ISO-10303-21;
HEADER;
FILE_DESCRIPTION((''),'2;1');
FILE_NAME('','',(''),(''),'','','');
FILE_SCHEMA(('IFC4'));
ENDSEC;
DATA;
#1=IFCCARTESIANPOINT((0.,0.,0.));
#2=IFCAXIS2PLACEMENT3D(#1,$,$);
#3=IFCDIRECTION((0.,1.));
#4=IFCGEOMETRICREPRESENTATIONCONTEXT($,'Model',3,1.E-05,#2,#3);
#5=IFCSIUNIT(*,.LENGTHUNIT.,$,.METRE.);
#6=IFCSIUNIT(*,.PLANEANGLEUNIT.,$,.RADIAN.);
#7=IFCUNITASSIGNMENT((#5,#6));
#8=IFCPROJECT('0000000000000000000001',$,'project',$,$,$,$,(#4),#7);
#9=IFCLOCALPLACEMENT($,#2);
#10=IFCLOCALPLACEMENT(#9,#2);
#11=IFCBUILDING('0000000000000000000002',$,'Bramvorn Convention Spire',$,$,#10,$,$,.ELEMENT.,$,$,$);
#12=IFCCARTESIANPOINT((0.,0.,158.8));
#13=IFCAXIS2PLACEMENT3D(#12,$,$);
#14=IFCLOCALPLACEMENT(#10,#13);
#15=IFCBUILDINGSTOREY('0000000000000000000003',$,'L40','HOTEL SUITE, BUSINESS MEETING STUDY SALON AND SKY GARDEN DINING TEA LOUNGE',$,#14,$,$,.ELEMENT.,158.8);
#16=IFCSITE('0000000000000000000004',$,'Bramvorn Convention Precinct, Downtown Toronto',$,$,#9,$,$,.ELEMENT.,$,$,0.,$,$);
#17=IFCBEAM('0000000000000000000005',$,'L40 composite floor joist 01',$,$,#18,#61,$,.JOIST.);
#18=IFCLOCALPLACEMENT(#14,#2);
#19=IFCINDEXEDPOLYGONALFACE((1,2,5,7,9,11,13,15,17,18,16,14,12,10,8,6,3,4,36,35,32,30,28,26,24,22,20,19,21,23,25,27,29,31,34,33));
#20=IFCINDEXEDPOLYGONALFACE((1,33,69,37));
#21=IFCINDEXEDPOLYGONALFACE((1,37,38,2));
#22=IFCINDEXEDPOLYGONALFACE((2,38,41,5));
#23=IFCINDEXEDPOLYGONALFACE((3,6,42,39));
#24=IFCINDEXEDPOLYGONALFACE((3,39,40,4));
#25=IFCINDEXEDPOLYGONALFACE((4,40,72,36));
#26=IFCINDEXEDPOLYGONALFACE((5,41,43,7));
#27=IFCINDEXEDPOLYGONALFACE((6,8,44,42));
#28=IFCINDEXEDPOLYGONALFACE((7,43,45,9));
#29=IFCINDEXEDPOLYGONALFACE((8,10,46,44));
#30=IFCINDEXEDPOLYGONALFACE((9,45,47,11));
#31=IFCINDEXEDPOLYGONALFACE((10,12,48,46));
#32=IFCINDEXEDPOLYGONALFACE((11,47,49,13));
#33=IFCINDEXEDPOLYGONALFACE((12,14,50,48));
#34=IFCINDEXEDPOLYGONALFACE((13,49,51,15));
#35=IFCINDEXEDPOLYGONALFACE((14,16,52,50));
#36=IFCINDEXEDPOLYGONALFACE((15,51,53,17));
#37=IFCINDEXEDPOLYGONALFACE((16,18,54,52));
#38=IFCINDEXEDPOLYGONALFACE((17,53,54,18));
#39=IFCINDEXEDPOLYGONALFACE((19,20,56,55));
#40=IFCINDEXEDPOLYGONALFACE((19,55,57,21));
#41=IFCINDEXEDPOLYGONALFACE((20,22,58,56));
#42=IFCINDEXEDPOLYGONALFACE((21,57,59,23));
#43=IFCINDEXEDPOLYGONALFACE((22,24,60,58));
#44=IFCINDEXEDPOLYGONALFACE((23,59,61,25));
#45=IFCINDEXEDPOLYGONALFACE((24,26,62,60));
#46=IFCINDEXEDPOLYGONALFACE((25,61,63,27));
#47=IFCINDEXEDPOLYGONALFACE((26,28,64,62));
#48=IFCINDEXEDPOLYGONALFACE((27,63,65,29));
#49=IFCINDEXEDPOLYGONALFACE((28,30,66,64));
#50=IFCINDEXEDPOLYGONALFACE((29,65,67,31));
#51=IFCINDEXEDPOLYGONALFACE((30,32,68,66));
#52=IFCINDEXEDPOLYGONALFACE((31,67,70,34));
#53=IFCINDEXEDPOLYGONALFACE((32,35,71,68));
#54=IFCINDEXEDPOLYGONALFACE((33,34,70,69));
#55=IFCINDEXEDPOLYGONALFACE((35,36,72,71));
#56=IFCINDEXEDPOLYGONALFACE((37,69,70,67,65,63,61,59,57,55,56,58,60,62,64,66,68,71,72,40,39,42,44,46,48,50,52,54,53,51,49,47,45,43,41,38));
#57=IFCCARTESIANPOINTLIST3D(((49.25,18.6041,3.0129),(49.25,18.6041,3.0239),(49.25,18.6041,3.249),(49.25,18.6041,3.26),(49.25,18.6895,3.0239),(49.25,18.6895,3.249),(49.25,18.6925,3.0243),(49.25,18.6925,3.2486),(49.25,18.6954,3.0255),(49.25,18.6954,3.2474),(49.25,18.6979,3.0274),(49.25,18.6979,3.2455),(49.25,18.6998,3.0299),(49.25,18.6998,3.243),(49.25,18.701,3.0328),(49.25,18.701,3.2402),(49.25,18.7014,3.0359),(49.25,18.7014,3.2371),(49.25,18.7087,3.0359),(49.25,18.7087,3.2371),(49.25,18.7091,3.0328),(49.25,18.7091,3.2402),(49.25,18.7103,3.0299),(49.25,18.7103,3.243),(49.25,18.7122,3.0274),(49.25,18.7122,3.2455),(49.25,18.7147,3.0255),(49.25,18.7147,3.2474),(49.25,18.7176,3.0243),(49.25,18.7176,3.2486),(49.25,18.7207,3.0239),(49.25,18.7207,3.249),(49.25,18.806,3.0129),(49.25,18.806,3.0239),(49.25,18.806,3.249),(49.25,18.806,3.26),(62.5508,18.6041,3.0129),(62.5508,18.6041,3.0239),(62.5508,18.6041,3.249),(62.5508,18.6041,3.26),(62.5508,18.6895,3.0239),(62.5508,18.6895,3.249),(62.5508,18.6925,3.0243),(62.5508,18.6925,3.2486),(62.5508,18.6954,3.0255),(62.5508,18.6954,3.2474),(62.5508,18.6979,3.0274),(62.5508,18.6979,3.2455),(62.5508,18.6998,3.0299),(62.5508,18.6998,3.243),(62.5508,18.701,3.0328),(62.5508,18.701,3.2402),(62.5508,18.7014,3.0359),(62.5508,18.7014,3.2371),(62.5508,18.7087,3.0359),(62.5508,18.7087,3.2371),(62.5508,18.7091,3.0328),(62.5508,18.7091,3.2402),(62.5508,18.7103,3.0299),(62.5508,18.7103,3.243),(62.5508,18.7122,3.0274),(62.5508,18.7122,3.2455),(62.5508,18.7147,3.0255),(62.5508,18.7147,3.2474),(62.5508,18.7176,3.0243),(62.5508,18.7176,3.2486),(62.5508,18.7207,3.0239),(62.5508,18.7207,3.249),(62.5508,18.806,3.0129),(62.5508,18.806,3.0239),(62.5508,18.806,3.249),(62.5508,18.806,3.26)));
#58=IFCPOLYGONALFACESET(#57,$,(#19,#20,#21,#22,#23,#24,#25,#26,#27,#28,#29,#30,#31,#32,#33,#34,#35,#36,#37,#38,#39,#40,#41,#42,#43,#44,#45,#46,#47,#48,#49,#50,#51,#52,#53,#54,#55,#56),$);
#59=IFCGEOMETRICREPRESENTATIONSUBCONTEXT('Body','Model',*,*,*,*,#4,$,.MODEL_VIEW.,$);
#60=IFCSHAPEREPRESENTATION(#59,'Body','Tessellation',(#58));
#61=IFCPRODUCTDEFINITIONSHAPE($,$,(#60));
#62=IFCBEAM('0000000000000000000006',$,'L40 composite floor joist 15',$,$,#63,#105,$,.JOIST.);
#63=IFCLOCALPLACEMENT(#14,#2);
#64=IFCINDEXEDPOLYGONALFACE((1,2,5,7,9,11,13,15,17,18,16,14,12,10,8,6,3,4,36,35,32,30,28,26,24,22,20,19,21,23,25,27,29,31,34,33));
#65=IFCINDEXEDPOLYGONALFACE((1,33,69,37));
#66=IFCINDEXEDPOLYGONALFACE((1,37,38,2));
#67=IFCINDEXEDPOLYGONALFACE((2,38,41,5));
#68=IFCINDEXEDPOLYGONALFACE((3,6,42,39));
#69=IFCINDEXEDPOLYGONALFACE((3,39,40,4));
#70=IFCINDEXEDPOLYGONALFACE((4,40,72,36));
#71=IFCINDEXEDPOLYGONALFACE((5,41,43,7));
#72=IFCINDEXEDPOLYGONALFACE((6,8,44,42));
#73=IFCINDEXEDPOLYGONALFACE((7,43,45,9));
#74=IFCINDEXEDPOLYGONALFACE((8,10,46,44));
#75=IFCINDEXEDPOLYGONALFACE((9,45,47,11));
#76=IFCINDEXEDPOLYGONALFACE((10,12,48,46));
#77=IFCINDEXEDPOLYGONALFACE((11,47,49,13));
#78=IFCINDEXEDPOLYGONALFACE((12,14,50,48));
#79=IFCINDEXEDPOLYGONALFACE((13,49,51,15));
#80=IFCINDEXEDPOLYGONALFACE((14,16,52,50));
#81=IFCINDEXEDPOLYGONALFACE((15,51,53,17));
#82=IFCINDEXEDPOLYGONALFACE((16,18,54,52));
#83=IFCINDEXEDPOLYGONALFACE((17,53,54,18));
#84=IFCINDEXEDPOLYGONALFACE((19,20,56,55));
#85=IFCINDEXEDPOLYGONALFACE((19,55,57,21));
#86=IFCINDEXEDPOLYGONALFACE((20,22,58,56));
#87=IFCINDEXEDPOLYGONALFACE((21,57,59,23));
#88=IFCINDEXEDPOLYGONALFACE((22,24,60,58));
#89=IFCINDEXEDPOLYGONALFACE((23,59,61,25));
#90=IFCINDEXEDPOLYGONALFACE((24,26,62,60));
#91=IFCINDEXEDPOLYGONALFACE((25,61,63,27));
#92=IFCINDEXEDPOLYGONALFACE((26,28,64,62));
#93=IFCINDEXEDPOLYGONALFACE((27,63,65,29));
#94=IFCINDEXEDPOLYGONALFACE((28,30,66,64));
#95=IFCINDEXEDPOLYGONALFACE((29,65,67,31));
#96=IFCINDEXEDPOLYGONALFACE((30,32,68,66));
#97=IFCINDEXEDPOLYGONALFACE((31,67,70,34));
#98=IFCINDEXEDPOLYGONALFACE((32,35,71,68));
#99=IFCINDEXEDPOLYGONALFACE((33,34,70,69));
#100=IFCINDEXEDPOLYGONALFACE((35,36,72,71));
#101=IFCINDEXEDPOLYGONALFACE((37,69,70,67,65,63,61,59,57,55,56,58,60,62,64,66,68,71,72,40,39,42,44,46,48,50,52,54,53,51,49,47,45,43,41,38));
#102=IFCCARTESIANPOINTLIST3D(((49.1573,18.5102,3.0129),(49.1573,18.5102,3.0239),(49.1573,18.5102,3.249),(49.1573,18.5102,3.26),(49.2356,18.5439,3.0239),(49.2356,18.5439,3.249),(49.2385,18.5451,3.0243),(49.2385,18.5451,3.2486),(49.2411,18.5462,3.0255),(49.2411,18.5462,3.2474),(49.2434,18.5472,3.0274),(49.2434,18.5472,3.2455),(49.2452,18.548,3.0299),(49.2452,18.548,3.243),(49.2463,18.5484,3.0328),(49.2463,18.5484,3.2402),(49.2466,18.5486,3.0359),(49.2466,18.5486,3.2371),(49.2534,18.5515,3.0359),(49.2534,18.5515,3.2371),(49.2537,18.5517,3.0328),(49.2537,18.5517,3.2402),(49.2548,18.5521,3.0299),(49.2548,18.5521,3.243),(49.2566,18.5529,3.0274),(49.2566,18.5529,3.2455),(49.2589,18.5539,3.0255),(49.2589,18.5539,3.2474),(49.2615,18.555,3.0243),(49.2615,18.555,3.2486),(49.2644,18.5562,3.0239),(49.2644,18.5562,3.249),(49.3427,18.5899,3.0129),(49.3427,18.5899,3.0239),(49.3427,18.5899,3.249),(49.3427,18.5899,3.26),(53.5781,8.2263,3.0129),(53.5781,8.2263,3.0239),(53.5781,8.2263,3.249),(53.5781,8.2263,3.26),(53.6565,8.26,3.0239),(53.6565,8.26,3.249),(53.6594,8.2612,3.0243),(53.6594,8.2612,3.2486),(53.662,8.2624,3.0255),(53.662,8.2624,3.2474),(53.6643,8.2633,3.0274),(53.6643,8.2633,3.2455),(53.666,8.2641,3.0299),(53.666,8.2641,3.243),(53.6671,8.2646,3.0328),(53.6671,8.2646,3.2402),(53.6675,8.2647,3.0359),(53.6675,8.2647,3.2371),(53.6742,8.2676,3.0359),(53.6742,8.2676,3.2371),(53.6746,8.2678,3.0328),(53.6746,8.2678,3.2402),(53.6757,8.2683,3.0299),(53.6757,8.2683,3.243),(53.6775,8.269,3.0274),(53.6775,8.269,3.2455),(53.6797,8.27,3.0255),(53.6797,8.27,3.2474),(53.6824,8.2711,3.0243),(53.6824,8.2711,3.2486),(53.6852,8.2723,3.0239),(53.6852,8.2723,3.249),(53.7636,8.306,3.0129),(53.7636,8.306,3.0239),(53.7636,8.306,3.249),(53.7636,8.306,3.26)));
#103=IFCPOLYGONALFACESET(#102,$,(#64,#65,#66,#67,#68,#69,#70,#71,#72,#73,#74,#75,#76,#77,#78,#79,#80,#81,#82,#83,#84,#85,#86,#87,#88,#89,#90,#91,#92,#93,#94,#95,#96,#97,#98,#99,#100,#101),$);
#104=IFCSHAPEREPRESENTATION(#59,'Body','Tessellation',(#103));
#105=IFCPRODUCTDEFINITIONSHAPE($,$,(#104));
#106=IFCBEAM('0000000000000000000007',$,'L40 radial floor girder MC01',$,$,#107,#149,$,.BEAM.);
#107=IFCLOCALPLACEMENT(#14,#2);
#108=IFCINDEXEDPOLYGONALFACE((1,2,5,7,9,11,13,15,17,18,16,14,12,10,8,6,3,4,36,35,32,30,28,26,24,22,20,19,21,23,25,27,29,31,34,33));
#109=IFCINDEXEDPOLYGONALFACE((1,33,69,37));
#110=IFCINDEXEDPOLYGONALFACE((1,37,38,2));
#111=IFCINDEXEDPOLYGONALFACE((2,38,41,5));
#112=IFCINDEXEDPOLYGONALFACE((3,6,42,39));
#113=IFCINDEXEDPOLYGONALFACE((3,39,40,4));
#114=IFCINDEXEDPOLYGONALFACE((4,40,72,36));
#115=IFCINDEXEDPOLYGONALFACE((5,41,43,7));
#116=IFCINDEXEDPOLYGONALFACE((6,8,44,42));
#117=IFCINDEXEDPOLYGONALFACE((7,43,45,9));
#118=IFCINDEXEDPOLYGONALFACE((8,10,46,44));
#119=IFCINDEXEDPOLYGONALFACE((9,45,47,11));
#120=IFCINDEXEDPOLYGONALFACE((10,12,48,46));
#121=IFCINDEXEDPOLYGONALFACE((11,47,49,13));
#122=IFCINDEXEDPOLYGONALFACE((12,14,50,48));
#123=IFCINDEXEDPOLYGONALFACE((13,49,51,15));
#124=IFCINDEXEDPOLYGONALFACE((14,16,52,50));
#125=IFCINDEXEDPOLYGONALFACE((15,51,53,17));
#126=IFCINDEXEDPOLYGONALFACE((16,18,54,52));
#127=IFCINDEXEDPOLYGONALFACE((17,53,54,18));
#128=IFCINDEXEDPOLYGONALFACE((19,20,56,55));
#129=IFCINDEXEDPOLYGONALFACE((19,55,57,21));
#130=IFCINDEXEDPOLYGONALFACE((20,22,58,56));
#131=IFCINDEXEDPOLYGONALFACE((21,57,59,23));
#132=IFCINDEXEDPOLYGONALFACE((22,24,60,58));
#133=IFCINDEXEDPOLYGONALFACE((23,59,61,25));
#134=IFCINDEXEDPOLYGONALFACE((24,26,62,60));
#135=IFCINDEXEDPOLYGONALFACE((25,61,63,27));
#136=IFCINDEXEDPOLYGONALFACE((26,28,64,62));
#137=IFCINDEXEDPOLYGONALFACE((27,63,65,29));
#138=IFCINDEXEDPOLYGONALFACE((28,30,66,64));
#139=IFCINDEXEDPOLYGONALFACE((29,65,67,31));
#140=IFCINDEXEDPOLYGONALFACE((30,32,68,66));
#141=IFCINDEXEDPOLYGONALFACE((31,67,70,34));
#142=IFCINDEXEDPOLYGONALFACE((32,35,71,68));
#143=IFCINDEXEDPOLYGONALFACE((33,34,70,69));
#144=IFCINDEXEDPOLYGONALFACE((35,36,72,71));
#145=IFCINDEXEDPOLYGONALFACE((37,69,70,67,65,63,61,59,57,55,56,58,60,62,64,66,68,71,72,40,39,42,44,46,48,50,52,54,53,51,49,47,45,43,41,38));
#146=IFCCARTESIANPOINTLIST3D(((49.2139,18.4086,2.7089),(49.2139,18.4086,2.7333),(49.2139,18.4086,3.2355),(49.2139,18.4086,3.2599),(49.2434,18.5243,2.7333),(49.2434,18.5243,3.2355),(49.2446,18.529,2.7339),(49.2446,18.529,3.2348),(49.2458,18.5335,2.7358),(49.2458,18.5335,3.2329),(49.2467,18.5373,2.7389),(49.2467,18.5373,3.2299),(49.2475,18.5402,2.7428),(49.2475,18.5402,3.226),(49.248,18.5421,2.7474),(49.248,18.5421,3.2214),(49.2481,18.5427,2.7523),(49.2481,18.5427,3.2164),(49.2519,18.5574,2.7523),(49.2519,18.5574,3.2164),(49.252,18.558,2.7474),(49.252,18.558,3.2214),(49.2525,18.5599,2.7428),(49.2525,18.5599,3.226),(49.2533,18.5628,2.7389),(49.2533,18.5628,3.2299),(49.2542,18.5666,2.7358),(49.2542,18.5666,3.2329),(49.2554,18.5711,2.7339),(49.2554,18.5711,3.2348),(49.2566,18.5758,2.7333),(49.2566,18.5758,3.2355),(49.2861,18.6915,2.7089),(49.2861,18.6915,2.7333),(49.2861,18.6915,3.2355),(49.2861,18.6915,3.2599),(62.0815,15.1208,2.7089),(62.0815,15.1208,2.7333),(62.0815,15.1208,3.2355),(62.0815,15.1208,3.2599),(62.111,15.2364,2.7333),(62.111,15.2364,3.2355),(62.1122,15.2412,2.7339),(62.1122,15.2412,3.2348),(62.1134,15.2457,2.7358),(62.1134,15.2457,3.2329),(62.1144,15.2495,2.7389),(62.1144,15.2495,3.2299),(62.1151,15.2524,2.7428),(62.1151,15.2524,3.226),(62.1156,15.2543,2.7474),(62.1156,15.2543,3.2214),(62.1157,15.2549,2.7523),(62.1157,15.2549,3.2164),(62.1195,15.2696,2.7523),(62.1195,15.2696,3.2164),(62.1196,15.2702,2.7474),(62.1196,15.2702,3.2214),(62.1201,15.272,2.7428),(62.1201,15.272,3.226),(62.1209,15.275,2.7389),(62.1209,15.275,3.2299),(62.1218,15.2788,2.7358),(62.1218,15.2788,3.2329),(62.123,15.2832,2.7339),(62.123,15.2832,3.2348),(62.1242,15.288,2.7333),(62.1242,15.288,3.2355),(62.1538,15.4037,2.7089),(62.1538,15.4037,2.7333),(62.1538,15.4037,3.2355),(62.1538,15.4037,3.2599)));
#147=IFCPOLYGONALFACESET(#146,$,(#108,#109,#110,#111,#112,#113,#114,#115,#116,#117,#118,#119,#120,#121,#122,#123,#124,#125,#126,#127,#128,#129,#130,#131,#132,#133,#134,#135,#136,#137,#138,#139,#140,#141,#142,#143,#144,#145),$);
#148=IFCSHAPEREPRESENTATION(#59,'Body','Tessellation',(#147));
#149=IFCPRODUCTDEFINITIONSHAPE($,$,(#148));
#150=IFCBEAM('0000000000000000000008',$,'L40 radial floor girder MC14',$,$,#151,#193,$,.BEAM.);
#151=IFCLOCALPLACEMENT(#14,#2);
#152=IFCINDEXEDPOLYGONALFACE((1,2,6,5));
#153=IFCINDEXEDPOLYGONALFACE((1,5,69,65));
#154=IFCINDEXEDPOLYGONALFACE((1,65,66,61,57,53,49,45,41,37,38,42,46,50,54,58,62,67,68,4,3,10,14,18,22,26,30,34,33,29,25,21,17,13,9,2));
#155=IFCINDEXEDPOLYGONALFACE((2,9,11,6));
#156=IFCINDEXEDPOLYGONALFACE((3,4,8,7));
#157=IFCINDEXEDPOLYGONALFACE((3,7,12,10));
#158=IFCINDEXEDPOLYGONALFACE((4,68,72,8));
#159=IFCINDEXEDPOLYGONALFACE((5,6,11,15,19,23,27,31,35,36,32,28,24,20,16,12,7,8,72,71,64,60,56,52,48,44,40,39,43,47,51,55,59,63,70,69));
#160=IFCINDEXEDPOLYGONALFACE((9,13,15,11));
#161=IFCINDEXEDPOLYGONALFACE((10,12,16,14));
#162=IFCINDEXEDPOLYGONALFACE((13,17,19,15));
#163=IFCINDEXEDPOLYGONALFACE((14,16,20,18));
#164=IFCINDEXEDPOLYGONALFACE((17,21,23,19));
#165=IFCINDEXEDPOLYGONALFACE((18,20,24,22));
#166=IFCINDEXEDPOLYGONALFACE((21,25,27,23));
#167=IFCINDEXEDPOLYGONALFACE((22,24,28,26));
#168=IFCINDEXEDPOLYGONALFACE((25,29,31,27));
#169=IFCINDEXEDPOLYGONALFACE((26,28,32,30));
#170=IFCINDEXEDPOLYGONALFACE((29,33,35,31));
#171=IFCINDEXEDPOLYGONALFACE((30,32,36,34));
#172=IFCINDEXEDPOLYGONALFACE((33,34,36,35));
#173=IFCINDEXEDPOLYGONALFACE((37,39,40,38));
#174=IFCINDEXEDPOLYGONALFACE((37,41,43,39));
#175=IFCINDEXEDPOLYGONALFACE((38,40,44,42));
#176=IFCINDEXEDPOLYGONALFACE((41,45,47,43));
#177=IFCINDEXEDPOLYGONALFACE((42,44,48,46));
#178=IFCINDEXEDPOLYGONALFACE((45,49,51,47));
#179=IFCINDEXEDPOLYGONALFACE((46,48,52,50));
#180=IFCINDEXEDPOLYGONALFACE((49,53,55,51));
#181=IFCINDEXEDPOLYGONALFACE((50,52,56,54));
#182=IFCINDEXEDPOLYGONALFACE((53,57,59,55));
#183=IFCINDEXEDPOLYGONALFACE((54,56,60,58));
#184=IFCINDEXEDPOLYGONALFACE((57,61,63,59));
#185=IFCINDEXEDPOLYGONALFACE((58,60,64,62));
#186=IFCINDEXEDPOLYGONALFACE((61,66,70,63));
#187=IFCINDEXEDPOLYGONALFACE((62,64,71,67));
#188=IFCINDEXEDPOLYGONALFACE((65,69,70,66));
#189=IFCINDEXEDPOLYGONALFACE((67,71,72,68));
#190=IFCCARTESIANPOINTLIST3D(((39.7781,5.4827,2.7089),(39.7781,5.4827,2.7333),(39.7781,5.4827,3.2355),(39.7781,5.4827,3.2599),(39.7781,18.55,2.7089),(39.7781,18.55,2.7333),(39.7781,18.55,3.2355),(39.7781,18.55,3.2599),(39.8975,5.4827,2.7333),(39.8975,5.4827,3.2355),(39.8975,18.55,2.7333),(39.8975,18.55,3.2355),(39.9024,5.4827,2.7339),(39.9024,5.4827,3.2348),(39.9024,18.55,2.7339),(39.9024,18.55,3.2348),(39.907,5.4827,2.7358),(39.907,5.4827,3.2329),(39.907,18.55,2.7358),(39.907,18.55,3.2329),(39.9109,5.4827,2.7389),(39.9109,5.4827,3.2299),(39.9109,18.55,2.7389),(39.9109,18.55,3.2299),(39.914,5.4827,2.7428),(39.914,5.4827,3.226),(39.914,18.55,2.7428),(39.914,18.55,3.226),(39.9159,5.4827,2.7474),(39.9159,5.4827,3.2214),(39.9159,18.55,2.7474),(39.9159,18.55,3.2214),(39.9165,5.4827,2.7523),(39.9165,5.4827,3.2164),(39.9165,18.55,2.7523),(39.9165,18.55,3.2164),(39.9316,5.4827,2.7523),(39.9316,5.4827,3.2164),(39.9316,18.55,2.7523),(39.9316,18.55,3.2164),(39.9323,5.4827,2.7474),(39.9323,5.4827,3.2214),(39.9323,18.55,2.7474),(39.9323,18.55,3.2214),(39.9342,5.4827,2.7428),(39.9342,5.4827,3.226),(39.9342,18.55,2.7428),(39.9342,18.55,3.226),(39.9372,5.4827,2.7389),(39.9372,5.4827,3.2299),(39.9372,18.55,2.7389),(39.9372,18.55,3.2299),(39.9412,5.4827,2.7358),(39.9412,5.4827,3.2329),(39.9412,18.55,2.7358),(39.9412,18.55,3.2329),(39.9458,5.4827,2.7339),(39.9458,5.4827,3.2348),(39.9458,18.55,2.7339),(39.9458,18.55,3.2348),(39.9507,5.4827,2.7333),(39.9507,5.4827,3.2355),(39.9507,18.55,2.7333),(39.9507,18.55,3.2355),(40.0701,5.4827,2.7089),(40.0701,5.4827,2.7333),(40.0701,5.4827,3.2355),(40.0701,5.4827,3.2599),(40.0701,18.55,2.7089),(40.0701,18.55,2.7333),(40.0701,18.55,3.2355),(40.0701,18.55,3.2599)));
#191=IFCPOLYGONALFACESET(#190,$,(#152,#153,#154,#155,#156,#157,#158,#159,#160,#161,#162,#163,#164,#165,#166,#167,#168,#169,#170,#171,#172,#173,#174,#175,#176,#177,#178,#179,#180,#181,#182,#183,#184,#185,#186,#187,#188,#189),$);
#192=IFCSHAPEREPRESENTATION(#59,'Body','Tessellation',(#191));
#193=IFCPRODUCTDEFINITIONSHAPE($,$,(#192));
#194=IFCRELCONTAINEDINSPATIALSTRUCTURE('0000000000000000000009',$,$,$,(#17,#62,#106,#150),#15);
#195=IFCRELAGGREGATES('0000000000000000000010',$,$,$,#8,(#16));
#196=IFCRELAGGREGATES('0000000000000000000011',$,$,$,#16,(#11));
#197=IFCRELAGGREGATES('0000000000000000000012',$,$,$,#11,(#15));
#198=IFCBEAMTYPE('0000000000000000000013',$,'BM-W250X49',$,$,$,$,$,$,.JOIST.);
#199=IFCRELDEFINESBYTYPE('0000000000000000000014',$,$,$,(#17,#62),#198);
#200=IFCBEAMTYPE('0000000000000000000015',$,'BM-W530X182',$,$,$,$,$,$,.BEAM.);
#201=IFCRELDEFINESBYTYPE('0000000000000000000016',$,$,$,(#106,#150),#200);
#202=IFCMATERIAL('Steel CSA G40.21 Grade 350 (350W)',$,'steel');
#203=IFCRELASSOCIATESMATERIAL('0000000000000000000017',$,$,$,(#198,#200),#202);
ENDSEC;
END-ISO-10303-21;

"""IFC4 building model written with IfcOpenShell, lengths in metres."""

from ifc_helpers import new_model, si_unit, direction, frame, origin, origin_2d, place, context, subcontext, project, spatial, i_section, extrude, material, material_profile, profile_set, type_object, element, save


model = new_model("IFC4")

# Units and contexts
model_context = context("Model", 3, precision=1e-05, world=origin(), true_north=direction((0.0, 1.0)))
body_context = subcontext(model_context, "Body", "Model", "MODEL_VIEW")
ifc_project = project(units=[si_unit("LENGTHUNIT", "METRE"), si_unit("PLANEANGLEUNIT", "RADIAN")], contexts=[model_context])

# Site, building, storey
site_placement = place(None, origin())
site = spatial("IfcSite", under=ifc_project, at=site_placement, Name="Bramvorn Convention Precinct, Downtown Toronto", CompositionType="ELEMENT", RefElevation=0.0)
building_placement = place(site_placement, origin())
building = spatial("IfcBuilding", under=site, at=building_placement, Name="Bramvorn Convention Spire", CompositionType="ELEMENT")
storey_placement = place(building_placement, frame((0.0, 0.0, 158.8)))
storey = spatial("IfcBuildingStorey", under=building, at=storey_placement, Name="L40", Description="HOTEL SUITE, BUSINESS MEETING STUDY SALON AND SKY GARDEN DINING TEA LOUNGE", CompositionType="ELEMENT", Elevation=158.8)

# Beams
ifc_material_1 = material(Name="Steel CSA G40.21 Grade 350 (350W)", Category="steel")
ifc_material_profile_1 = material_profile(ifc_material_1, i_section(OverallWidth=0.2019, OverallDepth=0.2471, WebThickness=0.0073, FlangeThickness=0.011, FilletRadius=0.012, at=origin_2d()))
ifc_profile_set_1 = profile_set([ifc_material_profile_1], Name="Steel CSA G40.21 Grade 350 (350W) - W250X49")
beam_type_1 = type_object("IfcBeamType", Name="BM-W250X49", PredefinedType="JOIST", material=ifc_profile_set_1)
beam_1_placement = place(storey_placement, frame((49.25, 18.7051, 3.1365), z_axis=(1.0, 0.0, 0.0), x_axis=(0.0, 1.0, 0.0)))
element("IfcBeam", 1, at=beam_1_placement, inside=storey, type_object=beam_type_1, Name="L40 composite floor joist 01", PredefinedType="JOIST", context=body_context, shape_type="SweptSolid", body=[
    extrude(i_section(OverallWidth=0.2019, OverallDepth=0.2471, WebThickness=0.0073, FlangeThickness=0.011, FilletRadius=0.012, at=origin_2d()), origin(), (0.0, 0.0, 1.0), 13.3008),
])
beam_2_placement = place(storey_placement, frame((49.25, 18.55, 3.1365), z_axis=(0.394938, -0.918708, 0.0), x_axis=(0.918708, 0.394938, 0.0)))
element("IfcBeam", 2, at=beam_2_placement, inside=storey, type_object=beam_type_1, Name="L40 composite floor joist 15", PredefinedType="JOIST", context=body_context, shape_type="SweptSolid", body=[
    extrude(i_section(OverallWidth=0.2019, OverallDepth=0.2471, WebThickness=0.0073, FlangeThickness=0.011, FilletRadius=0.012, at=origin_2d()), origin(), (0.0, 0.0, 1.0), 11.1938),
])
ifc_material_profile_2 = material_profile(ifc_material_1, i_section(OverallWidth=0.292, OverallDepth=0.551, WebThickness=0.0151, FlangeThickness=0.0244, FilletRadius=0.019, at=origin_2d()))
ifc_profile_set_2 = profile_set([ifc_material_profile_2], Name="Steel CSA G40.21 Grade 350 (350W) - W530X182")
beam_type_2 = type_object("IfcBeamType", Name="BM-W530X182", PredefinedType="BEAM", material=ifc_profile_set_2)
beam_3_placement = place(storey_placement, frame((49.25, 18.55, 2.9844), z_axis=(0.968873, -0.247558, 0.0), x_axis=(0.247558, 0.968873, 0.0)))
element("IfcBeam", 3, at=beam_3_placement, inside=storey, type_object=beam_type_2, Name="L40 radial floor girder MC01", PredefinedType="BEAM", context=body_context, shape_type="SweptSolid", body=[
    extrude(i_section(OverallWidth=0.292, OverallDepth=0.551, WebThickness=0.0151, FlangeThickness=0.0244, FilletRadius=0.019, at=origin_2d()), origin(), (0.0, 0.0, 1.0), 13.281),
])
beam_4_placement = place(storey_placement, frame((39.9241, 18.55, 2.9844), z_axis=(0.0, -1.0, 0.0), x_axis=(1.0, 0.0, 0.0)))
element("IfcBeam", 4, at=beam_4_placement, inside=storey, type_object=beam_type_2, Name="L40 radial floor girder MC14", PredefinedType="BEAM", context=body_context, shape_type="SweptSolid", body=[
    extrude(i_section(OverallWidth=0.292, OverallDepth=0.551, WebThickness=0.0151, FlangeThickness=0.0244, FilletRadius=0.019, at=origin_2d()), origin(), (0.0, 0.0, 1.0), 13.0674),
])

save(model, "model.ifc")
